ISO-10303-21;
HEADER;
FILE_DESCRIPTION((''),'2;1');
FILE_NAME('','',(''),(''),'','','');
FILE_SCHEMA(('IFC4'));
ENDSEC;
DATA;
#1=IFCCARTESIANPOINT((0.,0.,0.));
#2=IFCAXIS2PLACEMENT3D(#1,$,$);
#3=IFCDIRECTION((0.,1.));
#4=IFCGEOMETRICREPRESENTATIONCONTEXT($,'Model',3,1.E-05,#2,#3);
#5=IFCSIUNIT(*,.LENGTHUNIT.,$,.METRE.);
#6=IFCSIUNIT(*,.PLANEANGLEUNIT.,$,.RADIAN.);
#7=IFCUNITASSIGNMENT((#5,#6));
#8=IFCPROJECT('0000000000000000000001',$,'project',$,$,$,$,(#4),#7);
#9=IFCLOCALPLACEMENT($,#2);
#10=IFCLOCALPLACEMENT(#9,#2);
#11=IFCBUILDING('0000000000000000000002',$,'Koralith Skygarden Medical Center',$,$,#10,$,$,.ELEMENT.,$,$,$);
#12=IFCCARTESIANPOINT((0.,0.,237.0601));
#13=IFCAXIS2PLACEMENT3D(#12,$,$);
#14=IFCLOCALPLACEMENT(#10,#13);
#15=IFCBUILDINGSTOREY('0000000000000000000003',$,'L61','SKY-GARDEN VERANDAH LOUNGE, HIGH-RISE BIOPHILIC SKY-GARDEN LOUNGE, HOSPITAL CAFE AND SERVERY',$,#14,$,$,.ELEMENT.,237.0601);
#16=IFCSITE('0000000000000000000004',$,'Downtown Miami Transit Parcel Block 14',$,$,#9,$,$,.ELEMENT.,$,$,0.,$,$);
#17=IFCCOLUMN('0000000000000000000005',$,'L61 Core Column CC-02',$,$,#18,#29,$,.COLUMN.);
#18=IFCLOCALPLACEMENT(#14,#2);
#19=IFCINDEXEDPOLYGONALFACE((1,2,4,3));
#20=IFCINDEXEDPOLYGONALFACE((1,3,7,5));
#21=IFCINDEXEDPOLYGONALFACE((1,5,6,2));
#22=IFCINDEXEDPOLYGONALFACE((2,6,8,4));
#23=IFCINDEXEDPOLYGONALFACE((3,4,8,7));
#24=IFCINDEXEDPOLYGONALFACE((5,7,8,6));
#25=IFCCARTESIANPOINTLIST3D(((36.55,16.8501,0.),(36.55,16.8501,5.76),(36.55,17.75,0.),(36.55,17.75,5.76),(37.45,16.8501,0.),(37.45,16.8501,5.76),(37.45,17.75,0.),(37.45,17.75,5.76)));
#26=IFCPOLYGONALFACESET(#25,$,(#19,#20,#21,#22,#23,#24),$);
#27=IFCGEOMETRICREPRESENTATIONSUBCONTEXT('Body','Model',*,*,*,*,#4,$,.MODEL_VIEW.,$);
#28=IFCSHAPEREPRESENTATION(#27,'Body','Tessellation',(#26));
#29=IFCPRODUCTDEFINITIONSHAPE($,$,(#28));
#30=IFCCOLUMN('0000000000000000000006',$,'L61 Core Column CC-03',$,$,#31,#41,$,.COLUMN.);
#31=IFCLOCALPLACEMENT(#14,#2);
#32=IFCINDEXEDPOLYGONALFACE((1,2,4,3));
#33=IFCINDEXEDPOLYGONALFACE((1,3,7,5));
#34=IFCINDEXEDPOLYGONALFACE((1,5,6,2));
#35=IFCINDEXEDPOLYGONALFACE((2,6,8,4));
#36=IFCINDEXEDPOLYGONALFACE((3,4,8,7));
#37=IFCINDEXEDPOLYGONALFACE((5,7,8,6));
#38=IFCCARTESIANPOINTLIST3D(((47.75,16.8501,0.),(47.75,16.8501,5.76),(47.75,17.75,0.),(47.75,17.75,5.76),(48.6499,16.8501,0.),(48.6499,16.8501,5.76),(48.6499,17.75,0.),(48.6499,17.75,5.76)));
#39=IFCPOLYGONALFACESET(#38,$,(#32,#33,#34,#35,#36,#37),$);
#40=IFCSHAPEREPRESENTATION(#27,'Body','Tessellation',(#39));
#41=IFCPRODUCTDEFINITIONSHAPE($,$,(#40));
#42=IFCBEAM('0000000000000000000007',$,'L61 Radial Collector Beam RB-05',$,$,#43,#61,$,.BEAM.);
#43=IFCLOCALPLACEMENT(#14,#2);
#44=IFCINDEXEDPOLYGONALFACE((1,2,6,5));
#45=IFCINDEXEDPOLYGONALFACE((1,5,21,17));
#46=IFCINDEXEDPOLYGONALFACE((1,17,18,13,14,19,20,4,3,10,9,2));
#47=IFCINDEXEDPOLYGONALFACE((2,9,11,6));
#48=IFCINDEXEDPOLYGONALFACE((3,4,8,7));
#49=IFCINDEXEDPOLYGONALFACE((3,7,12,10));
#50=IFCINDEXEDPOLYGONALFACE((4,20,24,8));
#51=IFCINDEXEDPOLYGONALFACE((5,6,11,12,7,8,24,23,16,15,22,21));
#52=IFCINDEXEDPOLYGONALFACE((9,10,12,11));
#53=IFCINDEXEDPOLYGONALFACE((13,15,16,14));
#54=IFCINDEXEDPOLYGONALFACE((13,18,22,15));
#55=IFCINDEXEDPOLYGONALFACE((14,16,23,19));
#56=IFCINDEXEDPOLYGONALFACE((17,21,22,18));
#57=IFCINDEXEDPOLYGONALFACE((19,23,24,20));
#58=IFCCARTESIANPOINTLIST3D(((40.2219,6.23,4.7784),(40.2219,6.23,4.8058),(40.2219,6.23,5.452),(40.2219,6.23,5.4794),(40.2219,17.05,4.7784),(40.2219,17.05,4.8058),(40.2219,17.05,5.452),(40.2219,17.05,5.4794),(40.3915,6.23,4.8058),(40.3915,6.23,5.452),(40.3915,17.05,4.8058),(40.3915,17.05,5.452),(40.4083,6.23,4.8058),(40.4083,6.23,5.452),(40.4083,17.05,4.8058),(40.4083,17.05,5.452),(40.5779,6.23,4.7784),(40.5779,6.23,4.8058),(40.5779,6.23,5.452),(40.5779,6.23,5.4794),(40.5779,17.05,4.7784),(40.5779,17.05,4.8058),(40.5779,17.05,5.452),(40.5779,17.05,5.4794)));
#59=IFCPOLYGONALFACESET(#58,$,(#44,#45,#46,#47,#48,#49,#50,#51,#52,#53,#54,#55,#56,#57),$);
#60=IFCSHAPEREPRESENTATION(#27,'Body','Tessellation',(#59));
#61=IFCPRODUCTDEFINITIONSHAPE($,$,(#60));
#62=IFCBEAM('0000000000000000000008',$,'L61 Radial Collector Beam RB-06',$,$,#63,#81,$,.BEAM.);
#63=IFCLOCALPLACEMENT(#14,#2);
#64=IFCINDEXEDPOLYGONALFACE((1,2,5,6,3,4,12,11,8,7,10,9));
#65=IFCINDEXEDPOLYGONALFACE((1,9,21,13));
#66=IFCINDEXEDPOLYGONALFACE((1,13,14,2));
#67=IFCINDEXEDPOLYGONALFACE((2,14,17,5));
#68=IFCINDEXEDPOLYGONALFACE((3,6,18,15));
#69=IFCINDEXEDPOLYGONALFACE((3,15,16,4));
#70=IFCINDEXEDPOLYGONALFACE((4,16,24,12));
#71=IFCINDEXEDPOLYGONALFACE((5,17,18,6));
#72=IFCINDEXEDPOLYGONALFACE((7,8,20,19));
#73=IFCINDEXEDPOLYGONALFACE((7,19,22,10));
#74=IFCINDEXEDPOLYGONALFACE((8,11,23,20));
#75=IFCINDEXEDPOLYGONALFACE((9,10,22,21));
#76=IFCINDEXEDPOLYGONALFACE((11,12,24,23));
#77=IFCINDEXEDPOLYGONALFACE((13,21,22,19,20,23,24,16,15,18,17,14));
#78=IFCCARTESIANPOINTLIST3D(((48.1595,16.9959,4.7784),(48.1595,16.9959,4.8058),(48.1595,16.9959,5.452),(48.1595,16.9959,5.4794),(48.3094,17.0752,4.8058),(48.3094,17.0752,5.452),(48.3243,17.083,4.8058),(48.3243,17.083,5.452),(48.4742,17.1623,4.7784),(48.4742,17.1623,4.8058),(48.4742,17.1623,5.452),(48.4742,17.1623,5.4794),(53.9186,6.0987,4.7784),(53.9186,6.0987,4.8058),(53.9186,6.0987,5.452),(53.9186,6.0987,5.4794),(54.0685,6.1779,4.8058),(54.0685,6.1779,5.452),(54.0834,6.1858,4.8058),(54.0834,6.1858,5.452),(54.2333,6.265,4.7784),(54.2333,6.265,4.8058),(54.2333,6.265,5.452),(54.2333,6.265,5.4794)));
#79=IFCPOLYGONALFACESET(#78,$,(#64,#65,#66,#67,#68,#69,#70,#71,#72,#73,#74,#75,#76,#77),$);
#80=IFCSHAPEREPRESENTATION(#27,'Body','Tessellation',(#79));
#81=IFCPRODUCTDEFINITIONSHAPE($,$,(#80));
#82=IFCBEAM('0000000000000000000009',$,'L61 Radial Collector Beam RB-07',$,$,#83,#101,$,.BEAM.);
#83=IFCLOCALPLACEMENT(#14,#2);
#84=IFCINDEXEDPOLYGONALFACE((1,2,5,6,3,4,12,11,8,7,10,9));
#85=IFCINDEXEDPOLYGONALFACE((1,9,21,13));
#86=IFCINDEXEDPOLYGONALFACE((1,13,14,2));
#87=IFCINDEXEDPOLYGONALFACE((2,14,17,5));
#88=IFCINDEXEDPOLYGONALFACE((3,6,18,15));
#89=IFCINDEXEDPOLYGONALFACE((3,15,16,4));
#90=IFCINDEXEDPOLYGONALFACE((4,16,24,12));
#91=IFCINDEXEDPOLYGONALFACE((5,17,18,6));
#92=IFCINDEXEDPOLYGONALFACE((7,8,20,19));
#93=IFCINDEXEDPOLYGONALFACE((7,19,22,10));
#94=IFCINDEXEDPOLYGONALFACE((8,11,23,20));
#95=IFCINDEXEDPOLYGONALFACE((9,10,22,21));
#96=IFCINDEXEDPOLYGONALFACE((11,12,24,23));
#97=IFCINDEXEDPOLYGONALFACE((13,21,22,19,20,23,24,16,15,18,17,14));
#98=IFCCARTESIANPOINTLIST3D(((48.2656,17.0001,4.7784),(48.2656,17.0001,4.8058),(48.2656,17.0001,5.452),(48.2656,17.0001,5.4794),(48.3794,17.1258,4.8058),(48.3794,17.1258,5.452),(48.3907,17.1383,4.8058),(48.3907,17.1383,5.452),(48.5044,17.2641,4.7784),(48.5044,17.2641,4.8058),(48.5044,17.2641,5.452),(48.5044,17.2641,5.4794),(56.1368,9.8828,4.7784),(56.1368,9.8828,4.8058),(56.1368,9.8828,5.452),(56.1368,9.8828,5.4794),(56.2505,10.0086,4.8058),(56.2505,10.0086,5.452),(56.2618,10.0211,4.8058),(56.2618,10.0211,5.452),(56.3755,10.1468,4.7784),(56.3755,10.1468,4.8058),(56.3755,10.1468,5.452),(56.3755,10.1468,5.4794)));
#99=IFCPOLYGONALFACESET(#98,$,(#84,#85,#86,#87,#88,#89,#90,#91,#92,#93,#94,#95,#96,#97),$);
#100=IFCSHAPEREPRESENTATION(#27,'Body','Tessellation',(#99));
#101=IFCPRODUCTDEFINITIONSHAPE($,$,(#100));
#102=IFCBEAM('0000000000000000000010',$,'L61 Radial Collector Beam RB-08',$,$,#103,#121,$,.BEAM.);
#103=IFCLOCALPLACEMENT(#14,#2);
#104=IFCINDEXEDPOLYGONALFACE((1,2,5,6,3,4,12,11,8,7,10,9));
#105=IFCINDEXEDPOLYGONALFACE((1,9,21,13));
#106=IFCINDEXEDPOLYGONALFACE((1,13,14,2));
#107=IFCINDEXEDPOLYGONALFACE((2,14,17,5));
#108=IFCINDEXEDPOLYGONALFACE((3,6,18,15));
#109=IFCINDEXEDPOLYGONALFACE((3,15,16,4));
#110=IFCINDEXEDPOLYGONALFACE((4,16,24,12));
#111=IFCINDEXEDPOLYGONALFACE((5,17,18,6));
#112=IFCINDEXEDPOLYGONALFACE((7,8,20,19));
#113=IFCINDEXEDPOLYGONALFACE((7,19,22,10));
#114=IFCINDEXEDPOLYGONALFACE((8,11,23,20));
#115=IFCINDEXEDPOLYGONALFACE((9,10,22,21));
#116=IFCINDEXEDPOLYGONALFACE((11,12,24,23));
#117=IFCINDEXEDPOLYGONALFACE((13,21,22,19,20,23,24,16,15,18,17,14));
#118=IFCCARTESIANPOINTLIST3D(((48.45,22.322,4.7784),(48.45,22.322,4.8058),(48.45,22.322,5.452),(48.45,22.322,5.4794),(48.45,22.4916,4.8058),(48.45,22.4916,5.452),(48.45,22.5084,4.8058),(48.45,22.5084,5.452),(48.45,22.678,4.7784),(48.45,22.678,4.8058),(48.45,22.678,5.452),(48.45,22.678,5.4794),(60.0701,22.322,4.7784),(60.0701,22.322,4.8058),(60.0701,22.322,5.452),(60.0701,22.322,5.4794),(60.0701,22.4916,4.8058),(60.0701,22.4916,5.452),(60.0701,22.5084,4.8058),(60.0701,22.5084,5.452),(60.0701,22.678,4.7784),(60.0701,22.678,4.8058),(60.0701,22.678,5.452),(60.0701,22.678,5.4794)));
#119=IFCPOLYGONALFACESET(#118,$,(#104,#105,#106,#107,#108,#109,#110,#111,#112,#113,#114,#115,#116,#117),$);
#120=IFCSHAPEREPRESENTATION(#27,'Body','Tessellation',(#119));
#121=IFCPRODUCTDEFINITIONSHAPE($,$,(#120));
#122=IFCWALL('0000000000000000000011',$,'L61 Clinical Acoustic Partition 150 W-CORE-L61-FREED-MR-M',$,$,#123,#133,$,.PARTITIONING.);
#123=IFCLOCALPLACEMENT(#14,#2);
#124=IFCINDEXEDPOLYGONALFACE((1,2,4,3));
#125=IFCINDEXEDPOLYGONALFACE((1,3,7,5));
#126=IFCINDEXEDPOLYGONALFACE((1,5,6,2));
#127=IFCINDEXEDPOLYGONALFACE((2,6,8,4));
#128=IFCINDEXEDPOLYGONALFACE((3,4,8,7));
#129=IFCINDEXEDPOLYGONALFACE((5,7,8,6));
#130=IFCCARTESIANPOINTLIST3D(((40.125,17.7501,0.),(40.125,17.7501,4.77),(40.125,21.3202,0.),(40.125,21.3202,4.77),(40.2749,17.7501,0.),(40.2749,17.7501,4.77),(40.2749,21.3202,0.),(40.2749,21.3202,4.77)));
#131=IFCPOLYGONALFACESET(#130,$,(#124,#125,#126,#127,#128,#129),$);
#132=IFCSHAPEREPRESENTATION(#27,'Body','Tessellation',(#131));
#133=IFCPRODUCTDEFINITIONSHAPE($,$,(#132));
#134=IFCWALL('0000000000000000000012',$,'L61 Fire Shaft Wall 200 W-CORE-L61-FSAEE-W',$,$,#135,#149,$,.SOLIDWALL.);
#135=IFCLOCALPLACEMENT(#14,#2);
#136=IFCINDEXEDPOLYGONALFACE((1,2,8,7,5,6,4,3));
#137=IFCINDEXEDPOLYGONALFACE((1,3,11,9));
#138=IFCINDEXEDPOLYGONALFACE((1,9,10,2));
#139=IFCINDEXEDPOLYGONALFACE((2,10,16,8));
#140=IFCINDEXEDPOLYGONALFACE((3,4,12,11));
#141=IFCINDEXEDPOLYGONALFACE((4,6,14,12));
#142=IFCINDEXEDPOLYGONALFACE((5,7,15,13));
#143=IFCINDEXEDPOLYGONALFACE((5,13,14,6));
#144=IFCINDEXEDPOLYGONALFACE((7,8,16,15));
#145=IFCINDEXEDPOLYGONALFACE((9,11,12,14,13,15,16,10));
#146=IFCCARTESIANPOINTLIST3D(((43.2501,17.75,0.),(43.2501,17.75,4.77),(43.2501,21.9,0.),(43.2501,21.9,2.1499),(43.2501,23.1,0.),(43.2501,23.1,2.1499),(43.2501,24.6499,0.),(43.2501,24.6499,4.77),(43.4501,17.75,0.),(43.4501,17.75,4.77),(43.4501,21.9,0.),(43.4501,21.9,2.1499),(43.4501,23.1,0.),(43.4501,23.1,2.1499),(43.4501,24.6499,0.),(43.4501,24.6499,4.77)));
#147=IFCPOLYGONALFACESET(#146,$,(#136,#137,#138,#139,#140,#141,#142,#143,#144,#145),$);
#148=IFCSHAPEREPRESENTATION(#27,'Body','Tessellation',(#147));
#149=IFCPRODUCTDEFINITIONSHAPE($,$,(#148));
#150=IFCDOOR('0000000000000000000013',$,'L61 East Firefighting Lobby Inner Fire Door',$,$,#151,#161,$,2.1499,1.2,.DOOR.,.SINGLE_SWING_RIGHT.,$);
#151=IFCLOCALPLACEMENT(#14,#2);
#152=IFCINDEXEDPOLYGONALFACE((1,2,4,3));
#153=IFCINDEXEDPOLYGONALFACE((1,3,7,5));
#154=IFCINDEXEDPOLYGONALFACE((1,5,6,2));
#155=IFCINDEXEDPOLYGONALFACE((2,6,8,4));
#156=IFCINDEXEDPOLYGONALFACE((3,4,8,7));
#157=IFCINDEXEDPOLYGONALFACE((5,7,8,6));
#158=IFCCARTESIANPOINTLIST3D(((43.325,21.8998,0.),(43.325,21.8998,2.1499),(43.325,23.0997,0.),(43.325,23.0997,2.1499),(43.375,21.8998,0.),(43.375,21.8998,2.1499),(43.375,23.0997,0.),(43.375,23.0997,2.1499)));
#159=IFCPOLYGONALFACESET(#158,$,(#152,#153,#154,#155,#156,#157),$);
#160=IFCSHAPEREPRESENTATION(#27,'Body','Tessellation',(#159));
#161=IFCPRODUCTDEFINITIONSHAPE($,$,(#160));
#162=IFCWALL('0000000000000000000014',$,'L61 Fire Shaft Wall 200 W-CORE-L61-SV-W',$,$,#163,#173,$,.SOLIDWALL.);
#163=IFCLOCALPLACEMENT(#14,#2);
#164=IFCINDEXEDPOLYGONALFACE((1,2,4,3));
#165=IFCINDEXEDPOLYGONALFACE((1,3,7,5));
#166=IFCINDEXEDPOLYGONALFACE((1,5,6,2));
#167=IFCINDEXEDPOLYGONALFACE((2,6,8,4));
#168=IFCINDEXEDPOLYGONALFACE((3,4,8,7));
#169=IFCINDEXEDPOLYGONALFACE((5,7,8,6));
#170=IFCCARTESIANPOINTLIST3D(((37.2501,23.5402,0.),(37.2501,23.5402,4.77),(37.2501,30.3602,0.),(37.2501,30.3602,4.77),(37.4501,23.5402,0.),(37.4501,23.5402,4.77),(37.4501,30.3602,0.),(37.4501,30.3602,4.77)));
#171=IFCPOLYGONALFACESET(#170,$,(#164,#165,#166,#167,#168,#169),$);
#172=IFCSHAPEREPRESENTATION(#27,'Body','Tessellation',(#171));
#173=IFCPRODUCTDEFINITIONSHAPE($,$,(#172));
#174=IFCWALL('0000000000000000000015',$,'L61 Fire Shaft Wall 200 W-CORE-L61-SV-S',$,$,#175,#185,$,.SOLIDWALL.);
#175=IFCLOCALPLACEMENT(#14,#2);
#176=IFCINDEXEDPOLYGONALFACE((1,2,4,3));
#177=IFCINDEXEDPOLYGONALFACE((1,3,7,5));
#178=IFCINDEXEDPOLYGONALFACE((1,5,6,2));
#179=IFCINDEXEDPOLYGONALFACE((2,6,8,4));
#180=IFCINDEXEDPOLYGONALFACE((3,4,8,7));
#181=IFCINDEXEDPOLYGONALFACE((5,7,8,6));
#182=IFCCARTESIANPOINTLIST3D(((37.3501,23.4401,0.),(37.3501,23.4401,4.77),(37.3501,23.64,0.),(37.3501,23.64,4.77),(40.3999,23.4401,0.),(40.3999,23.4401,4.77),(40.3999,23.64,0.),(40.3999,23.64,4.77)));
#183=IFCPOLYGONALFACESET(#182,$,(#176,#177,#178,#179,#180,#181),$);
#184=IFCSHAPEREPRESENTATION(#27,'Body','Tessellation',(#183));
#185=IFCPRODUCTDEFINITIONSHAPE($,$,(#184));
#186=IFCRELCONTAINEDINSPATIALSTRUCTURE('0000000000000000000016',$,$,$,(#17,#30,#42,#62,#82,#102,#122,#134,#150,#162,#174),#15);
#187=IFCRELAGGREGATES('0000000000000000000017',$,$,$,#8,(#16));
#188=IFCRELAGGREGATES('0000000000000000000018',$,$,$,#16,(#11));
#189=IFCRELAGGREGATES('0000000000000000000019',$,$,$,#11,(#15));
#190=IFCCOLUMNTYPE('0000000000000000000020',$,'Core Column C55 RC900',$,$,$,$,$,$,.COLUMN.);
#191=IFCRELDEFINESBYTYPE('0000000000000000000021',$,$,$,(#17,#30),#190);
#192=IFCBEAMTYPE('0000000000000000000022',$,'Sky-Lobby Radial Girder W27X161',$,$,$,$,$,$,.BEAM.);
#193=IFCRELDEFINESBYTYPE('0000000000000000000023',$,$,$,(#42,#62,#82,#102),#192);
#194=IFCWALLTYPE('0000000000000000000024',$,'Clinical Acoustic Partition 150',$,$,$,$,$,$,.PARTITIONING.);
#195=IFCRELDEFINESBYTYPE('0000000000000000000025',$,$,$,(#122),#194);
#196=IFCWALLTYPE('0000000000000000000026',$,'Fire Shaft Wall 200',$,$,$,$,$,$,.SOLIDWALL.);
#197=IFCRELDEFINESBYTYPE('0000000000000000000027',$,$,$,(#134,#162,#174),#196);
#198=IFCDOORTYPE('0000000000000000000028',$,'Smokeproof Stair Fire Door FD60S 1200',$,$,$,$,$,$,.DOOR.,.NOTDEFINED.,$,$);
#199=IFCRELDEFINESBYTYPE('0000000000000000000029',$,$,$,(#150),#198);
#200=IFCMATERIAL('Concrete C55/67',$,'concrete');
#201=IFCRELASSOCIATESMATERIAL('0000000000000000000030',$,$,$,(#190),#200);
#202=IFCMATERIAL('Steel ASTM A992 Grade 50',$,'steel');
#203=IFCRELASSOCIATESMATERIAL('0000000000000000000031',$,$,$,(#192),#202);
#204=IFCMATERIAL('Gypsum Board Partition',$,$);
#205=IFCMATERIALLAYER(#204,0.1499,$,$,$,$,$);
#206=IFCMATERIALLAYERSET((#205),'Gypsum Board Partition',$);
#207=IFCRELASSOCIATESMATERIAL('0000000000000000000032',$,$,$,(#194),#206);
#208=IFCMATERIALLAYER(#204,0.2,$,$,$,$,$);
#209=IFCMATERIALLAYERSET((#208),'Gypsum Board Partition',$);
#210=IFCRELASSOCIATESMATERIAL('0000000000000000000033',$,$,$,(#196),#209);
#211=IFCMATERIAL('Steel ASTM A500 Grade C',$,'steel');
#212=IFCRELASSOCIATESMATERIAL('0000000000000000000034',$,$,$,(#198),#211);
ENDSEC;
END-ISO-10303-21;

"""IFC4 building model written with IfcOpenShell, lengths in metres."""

from ifc_helpers import new_model, si_unit, direction, frame, frame_2d, origin, origin_2d, place, context, subcontext, project, spatial, rectangle, i_section, extrude, material, layer, layer_set, material_profile, profile_set, type_object, element, fill, save


model = new_model("IFC4")

# Units and contexts
model_context = context("Model", 3, precision=1e-05, world=origin(), true_north=direction((0.0, 1.0)))
body_context = subcontext(model_context, "Body", "Model", "MODEL_VIEW")
ifc_project = project(units=[si_unit("LENGTHUNIT", "METRE"), si_unit("PLANEANGLEUNIT", "RADIAN")], contexts=[model_context])

# Site, building, storey
site_placement = place(None, origin())
site = spatial("IfcSite", under=ifc_project, at=site_placement, Name="Downtown Miami Transit Parcel Block 14", CompositionType="ELEMENT", RefElevation=0.0)
building_placement = place(site_placement, origin())
building = spatial("IfcBuilding", under=site, at=building_placement, Name="Koralith Skygarden Medical Center", CompositionType="ELEMENT")
storey_placement = place(building_placement, frame((0.0, 0.0, 237.0601)))
storey = spatial("IfcBuildingStorey", under=building, at=storey_placement, Name="L61", Description="SKY-GARDEN VERANDAH LOUNGE, HIGH-RISE BIOPHILIC SKY-GARDEN LOUNGE, HOSPITAL CAFE AND SERVERY", CompositionType="ELEMENT", Elevation=237.0601)

# Columns
ifc_material_1 = material(Name="Concrete C55/67", Category="concrete")
ifc_material_profile_1 = material_profile(ifc_material_1, rectangle(XDim=0.8999, YDim=0.8999, at=origin_2d()), Name="RC900X900")
ifc_profile_set_1 = profile_set([ifc_material_profile_1], Name="Concrete C55/67")
column_type = type_object("IfcColumnType", Name="Core Column C55 RC900", PredefinedType="COLUMN", material=ifc_profile_set_1)
for number, where, z_axis, x_axis, name in (
    (1, (37.0, 17.3, 0.0), (0.0, 0.0, 1.0), (1.0, 0.0, 0.0), "L61 Core Column CC-02"),
    (2, (48.2, 17.3, 0.0), (0.0, 0.0, 1.0), (1.0, 0.0, 0.0), "L61 Core Column CC-03"),
):
    element("IfcColumn", number, at=place(storey_placement, frame(where, z_axis=z_axis, x_axis=x_axis)), inside=storey, type_object=column_type, Name=name, PredefinedType="COLUMN", context=body_context, shape_type="SweptSolid", body=[
        extrude(rectangle(XDim=0.8999, YDim=0.8999, at=origin_2d()), origin(), (0.0, 0.0, 1.0), 5.76),
    ])

# Beams
ifc_material_2 = material(Name="Steel ASTM A992 Grade 50", Category="steel")
ifc_material_profile_2 = material_profile(ifc_material_2, i_section(OverallWidth=0.356, OverallDepth=0.7009, WebThickness=0.0168, FlangeThickness=0.0273, at=origin_2d()), Name="W27X161")
ifc_profile_set_2 = profile_set([ifc_material_profile_2], Name="Steel ASTM A992 Grade 50")
beam_type = type_object("IfcBeamType", Name="Sky-Lobby Radial Girder W27X161", PredefinedType="BEAM", material=ifc_profile_set_2)
beam_1_placement = place(storey_placement, frame((40.3999, 17.05, 5.1289), z_axis=(0.0, -1.0, 0.0), x_axis=(1.0, 0.0, 0.0)))
element("IfcBeam", 3, at=beam_1_placement, inside=storey, type_object=beam_type, Name="L61 Radial Collector Beam RB-05", PredefinedType="BEAM", context=body_context, shape_type="SweptSolid", body=[
    extrude(i_section(OverallWidth=0.356, OverallDepth=0.7009, WebThickness=0.0168, FlangeThickness=0.0273, at=origin_2d()), origin(), (0.0, 0.0, 1.0), 10.8201),
])
beam_2_placement = place(storey_placement, frame((48.3169, 17.0791, 5.1289), z_axis=(0.467249, -0.884126, 0.0), x_axis=(0.884126, 0.467249, 0.0)))
element("IfcBeam", 4, at=beam_2_placement, inside=storey, type_object=beam_type, Name="L61 Radial Collector Beam RB-06", PredefinedType="BEAM", context=body_context, shape_type="SweptSolid", body=[
    extrude(i_section(OverallWidth=0.356, OverallDepth=0.7009, WebThickness=0.0168, FlangeThickness=0.0273, at=origin_2d()), origin(), (0.0, 0.0, 1.0), 12.3254),
])
beam_3_placement = place(storey_placement, frame((48.385, 17.1321, 5.1289), z_axis=(0.741736, -0.670692, 0.0), x_axis=(0.670692, 0.741736, 0.0)))
element("IfcBeam", 5, at=beam_3_placement, inside=storey, type_object=beam_type, Name="L61 Radial Collector Beam RB-07", PredefinedType="BEAM", context=body_context, shape_type="SweptSolid", body=[
    extrude(i_section(OverallWidth=0.356, OverallDepth=0.7009, WebThickness=0.0168, FlangeThickness=0.0273, at=origin_2d()), origin(), (0.0, 0.0, 1.0), 10.6118),
])
beam_4_placement = place(storey_placement, frame((48.45, 22.5, 5.1289), z_axis=(1.0, 0.0, 0.0), x_axis=(0.0, 1.0, 0.0)))
element("IfcBeam", 6, at=beam_4_placement, inside=storey, type_object=beam_type, Name="L61 Radial Collector Beam RB-08", PredefinedType="BEAM", context=body_context, shape_type="SweptSolid", body=[
    extrude(i_section(OverallWidth=0.356, OverallDepth=0.7009, WebThickness=0.0168, FlangeThickness=0.0273, at=origin_2d()), origin(), (0.0, 0.0, 1.0), 11.6201),
])

# Shared definitions
ifc_material_3 = material(Name="Gypsum Board Partition")
ifc_layer_1 = layer(ifc_material_3, 0.1499)
ifc_layer_set_1 = layer_set([ifc_layer_1], Name="Gypsum Board Partition")
wall_type_1 = type_object("IfcWallType", Name="Clinical Acoustic Partition 150", PredefinedType="PARTITIONING", material=ifc_layer_set_1)

# Wall
wall_1_placement = place(storey_placement, frame((40.2, 17.75, 0.0), z_axis=(0.0, 0.0, 1.0), x_axis=(0.0, 1.0, 0.0)))
element("IfcWall", 7, at=wall_1_placement, inside=storey, type_object=wall_type_1, Name="L61 Clinical Acoustic Partition 150 W-CORE-L61-FREED-MR-M", PredefinedType="PARTITIONING", context=body_context, shape_type="SweptSolid", body=[
    extrude(rectangle(XDim=3.5701, YDim=0.1499, at=frame_2d((1.7852, 0.0))), origin(), (0.0, 0.0, 1.0), 4.77),
])

# Wall, opening, door
ifc_layer_2 = layer(ifc_material_3, 0.2)
ifc_layer_set_2 = layer_set([ifc_layer_2], Name="Gypsum Board Partition")
wall_type_2 = type_object("IfcWallType", Name="Fire Shaft Wall 200", PredefinedType="SOLIDWALL", material=ifc_layer_set_2)
ifc_material_4 = material(Name="Steel ASTM A500 Grade C", Category="steel")
wall_2_placement = place(storey_placement, frame((43.3501, 17.75, 0.0), z_axis=(0.0, 0.0, 1.0), x_axis=(0.0, 1.0, 0.0)))
wall_2 = element("IfcWall", 8, at=wall_2_placement, inside=storey, type_object=wall_type_2, Name="L61 Fire Shaft Wall 200 W-CORE-L61-FSAEE-W", PredefinedType="SOLIDWALL", context=body_context, shape_type="SweptSolid", body=[
    extrude(rectangle(XDim=6.8999, YDim=0.2, at=frame_2d((3.45, 0.0))), origin(), (0.0, 0.0, 1.0), 4.77),
])
opening_1_placement = place(wall_2_placement, frame((4.1499, 0.0, 0.0)))
opening_1 = element("IfcOpeningElement", 9, at=opening_1_placement, cuts=wall_2, PredefinedType="OPENING", context=body_context, shape_type="SweptSolid", body=[
    extrude(rectangle(XDim=1.2, YDim=2.1499, at=frame_2d((0.6001, 1.075))), frame((0.0, 0.1099, 0.0), z_axis=(0.0, -1.0, 0.0), x_axis=(1.0, 0.0, 0.0)), (0.0, 0.0, 1.0), 0.22),
])
door_type_1 = type_object("IfcDoorType", Name="Smokeproof Stair Fire Door FD60S 1200", OperationType="NOTDEFINED", PredefinedType="DOOR", material=ifc_material_4)
door_1_placement = place(opening_1_placement, frame((1.2, 0.0, 0.0), z_axis=(0.0, 0.0, 1.0), x_axis=(-1.0, 0.0, 0.0)))
door_1 = element("IfcDoor", 10, at=door_1_placement, inside=storey, type_object=door_type_1, Name="L61 East Firefighting Lobby Inner Fire Door", OperationType="SINGLE_SWING_RIGHT", OverallHeight=2.1499, OverallWidth=1.2, PredefinedType="DOOR", context=body_context, shape_type="SweptSolid", body=[
    extrude(rectangle(XDim=1.2, YDim=2.1499, at=frame_2d((0.6001, 1.075))), frame((0.0, 0.0249, 0.0), z_axis=(0.0, -1.0, 0.0), x_axis=(1.0, 0.0, 0.0)), (0.0, 0.0, 1.0), 0.05),
])
fill(opening_1, door_1)

# Walls
wall_3_placement = place(storey_placement, frame((37.3501, 23.54, 0.0), z_axis=(0.0, 0.0, 1.0), x_axis=(0.0, 1.0, 0.0)))
element("IfcWall", 11, at=wall_3_placement, inside=storey, type_object=wall_type_2, Name="L61 Fire Shaft Wall 200 W-CORE-L61-SV-W", PredefinedType="SOLIDWALL", context=body_context, shape_type="SweptSolid", body=[
    extrude(rectangle(XDim=6.8201, YDim=0.2, at=frame_2d((3.4102, 0.0))), origin(), (0.0, 0.0, 1.0), 4.77),
])
wall_4_placement = place(storey_placement, frame((37.3501, 23.54, 0.0), z_axis=(0.0, 0.0, 1.0), x_axis=(1.0, 0.0, 0.0)))
element("IfcWall", 12, at=wall_4_placement, inside=storey, type_object=wall_type_2, Name="L61 Fire Shaft Wall 200 W-CORE-L61-SV-S", PredefinedType="SOLIDWALL", context=body_context, shape_type="SweptSolid", body=[
    extrude(rectangle(XDim=3.0498, YDim=0.2, at=frame_2d((1.5249, 0.0))), origin(), (0.0, 0.0, 1.0), 4.77),
])

save(model, "model.ifc")
